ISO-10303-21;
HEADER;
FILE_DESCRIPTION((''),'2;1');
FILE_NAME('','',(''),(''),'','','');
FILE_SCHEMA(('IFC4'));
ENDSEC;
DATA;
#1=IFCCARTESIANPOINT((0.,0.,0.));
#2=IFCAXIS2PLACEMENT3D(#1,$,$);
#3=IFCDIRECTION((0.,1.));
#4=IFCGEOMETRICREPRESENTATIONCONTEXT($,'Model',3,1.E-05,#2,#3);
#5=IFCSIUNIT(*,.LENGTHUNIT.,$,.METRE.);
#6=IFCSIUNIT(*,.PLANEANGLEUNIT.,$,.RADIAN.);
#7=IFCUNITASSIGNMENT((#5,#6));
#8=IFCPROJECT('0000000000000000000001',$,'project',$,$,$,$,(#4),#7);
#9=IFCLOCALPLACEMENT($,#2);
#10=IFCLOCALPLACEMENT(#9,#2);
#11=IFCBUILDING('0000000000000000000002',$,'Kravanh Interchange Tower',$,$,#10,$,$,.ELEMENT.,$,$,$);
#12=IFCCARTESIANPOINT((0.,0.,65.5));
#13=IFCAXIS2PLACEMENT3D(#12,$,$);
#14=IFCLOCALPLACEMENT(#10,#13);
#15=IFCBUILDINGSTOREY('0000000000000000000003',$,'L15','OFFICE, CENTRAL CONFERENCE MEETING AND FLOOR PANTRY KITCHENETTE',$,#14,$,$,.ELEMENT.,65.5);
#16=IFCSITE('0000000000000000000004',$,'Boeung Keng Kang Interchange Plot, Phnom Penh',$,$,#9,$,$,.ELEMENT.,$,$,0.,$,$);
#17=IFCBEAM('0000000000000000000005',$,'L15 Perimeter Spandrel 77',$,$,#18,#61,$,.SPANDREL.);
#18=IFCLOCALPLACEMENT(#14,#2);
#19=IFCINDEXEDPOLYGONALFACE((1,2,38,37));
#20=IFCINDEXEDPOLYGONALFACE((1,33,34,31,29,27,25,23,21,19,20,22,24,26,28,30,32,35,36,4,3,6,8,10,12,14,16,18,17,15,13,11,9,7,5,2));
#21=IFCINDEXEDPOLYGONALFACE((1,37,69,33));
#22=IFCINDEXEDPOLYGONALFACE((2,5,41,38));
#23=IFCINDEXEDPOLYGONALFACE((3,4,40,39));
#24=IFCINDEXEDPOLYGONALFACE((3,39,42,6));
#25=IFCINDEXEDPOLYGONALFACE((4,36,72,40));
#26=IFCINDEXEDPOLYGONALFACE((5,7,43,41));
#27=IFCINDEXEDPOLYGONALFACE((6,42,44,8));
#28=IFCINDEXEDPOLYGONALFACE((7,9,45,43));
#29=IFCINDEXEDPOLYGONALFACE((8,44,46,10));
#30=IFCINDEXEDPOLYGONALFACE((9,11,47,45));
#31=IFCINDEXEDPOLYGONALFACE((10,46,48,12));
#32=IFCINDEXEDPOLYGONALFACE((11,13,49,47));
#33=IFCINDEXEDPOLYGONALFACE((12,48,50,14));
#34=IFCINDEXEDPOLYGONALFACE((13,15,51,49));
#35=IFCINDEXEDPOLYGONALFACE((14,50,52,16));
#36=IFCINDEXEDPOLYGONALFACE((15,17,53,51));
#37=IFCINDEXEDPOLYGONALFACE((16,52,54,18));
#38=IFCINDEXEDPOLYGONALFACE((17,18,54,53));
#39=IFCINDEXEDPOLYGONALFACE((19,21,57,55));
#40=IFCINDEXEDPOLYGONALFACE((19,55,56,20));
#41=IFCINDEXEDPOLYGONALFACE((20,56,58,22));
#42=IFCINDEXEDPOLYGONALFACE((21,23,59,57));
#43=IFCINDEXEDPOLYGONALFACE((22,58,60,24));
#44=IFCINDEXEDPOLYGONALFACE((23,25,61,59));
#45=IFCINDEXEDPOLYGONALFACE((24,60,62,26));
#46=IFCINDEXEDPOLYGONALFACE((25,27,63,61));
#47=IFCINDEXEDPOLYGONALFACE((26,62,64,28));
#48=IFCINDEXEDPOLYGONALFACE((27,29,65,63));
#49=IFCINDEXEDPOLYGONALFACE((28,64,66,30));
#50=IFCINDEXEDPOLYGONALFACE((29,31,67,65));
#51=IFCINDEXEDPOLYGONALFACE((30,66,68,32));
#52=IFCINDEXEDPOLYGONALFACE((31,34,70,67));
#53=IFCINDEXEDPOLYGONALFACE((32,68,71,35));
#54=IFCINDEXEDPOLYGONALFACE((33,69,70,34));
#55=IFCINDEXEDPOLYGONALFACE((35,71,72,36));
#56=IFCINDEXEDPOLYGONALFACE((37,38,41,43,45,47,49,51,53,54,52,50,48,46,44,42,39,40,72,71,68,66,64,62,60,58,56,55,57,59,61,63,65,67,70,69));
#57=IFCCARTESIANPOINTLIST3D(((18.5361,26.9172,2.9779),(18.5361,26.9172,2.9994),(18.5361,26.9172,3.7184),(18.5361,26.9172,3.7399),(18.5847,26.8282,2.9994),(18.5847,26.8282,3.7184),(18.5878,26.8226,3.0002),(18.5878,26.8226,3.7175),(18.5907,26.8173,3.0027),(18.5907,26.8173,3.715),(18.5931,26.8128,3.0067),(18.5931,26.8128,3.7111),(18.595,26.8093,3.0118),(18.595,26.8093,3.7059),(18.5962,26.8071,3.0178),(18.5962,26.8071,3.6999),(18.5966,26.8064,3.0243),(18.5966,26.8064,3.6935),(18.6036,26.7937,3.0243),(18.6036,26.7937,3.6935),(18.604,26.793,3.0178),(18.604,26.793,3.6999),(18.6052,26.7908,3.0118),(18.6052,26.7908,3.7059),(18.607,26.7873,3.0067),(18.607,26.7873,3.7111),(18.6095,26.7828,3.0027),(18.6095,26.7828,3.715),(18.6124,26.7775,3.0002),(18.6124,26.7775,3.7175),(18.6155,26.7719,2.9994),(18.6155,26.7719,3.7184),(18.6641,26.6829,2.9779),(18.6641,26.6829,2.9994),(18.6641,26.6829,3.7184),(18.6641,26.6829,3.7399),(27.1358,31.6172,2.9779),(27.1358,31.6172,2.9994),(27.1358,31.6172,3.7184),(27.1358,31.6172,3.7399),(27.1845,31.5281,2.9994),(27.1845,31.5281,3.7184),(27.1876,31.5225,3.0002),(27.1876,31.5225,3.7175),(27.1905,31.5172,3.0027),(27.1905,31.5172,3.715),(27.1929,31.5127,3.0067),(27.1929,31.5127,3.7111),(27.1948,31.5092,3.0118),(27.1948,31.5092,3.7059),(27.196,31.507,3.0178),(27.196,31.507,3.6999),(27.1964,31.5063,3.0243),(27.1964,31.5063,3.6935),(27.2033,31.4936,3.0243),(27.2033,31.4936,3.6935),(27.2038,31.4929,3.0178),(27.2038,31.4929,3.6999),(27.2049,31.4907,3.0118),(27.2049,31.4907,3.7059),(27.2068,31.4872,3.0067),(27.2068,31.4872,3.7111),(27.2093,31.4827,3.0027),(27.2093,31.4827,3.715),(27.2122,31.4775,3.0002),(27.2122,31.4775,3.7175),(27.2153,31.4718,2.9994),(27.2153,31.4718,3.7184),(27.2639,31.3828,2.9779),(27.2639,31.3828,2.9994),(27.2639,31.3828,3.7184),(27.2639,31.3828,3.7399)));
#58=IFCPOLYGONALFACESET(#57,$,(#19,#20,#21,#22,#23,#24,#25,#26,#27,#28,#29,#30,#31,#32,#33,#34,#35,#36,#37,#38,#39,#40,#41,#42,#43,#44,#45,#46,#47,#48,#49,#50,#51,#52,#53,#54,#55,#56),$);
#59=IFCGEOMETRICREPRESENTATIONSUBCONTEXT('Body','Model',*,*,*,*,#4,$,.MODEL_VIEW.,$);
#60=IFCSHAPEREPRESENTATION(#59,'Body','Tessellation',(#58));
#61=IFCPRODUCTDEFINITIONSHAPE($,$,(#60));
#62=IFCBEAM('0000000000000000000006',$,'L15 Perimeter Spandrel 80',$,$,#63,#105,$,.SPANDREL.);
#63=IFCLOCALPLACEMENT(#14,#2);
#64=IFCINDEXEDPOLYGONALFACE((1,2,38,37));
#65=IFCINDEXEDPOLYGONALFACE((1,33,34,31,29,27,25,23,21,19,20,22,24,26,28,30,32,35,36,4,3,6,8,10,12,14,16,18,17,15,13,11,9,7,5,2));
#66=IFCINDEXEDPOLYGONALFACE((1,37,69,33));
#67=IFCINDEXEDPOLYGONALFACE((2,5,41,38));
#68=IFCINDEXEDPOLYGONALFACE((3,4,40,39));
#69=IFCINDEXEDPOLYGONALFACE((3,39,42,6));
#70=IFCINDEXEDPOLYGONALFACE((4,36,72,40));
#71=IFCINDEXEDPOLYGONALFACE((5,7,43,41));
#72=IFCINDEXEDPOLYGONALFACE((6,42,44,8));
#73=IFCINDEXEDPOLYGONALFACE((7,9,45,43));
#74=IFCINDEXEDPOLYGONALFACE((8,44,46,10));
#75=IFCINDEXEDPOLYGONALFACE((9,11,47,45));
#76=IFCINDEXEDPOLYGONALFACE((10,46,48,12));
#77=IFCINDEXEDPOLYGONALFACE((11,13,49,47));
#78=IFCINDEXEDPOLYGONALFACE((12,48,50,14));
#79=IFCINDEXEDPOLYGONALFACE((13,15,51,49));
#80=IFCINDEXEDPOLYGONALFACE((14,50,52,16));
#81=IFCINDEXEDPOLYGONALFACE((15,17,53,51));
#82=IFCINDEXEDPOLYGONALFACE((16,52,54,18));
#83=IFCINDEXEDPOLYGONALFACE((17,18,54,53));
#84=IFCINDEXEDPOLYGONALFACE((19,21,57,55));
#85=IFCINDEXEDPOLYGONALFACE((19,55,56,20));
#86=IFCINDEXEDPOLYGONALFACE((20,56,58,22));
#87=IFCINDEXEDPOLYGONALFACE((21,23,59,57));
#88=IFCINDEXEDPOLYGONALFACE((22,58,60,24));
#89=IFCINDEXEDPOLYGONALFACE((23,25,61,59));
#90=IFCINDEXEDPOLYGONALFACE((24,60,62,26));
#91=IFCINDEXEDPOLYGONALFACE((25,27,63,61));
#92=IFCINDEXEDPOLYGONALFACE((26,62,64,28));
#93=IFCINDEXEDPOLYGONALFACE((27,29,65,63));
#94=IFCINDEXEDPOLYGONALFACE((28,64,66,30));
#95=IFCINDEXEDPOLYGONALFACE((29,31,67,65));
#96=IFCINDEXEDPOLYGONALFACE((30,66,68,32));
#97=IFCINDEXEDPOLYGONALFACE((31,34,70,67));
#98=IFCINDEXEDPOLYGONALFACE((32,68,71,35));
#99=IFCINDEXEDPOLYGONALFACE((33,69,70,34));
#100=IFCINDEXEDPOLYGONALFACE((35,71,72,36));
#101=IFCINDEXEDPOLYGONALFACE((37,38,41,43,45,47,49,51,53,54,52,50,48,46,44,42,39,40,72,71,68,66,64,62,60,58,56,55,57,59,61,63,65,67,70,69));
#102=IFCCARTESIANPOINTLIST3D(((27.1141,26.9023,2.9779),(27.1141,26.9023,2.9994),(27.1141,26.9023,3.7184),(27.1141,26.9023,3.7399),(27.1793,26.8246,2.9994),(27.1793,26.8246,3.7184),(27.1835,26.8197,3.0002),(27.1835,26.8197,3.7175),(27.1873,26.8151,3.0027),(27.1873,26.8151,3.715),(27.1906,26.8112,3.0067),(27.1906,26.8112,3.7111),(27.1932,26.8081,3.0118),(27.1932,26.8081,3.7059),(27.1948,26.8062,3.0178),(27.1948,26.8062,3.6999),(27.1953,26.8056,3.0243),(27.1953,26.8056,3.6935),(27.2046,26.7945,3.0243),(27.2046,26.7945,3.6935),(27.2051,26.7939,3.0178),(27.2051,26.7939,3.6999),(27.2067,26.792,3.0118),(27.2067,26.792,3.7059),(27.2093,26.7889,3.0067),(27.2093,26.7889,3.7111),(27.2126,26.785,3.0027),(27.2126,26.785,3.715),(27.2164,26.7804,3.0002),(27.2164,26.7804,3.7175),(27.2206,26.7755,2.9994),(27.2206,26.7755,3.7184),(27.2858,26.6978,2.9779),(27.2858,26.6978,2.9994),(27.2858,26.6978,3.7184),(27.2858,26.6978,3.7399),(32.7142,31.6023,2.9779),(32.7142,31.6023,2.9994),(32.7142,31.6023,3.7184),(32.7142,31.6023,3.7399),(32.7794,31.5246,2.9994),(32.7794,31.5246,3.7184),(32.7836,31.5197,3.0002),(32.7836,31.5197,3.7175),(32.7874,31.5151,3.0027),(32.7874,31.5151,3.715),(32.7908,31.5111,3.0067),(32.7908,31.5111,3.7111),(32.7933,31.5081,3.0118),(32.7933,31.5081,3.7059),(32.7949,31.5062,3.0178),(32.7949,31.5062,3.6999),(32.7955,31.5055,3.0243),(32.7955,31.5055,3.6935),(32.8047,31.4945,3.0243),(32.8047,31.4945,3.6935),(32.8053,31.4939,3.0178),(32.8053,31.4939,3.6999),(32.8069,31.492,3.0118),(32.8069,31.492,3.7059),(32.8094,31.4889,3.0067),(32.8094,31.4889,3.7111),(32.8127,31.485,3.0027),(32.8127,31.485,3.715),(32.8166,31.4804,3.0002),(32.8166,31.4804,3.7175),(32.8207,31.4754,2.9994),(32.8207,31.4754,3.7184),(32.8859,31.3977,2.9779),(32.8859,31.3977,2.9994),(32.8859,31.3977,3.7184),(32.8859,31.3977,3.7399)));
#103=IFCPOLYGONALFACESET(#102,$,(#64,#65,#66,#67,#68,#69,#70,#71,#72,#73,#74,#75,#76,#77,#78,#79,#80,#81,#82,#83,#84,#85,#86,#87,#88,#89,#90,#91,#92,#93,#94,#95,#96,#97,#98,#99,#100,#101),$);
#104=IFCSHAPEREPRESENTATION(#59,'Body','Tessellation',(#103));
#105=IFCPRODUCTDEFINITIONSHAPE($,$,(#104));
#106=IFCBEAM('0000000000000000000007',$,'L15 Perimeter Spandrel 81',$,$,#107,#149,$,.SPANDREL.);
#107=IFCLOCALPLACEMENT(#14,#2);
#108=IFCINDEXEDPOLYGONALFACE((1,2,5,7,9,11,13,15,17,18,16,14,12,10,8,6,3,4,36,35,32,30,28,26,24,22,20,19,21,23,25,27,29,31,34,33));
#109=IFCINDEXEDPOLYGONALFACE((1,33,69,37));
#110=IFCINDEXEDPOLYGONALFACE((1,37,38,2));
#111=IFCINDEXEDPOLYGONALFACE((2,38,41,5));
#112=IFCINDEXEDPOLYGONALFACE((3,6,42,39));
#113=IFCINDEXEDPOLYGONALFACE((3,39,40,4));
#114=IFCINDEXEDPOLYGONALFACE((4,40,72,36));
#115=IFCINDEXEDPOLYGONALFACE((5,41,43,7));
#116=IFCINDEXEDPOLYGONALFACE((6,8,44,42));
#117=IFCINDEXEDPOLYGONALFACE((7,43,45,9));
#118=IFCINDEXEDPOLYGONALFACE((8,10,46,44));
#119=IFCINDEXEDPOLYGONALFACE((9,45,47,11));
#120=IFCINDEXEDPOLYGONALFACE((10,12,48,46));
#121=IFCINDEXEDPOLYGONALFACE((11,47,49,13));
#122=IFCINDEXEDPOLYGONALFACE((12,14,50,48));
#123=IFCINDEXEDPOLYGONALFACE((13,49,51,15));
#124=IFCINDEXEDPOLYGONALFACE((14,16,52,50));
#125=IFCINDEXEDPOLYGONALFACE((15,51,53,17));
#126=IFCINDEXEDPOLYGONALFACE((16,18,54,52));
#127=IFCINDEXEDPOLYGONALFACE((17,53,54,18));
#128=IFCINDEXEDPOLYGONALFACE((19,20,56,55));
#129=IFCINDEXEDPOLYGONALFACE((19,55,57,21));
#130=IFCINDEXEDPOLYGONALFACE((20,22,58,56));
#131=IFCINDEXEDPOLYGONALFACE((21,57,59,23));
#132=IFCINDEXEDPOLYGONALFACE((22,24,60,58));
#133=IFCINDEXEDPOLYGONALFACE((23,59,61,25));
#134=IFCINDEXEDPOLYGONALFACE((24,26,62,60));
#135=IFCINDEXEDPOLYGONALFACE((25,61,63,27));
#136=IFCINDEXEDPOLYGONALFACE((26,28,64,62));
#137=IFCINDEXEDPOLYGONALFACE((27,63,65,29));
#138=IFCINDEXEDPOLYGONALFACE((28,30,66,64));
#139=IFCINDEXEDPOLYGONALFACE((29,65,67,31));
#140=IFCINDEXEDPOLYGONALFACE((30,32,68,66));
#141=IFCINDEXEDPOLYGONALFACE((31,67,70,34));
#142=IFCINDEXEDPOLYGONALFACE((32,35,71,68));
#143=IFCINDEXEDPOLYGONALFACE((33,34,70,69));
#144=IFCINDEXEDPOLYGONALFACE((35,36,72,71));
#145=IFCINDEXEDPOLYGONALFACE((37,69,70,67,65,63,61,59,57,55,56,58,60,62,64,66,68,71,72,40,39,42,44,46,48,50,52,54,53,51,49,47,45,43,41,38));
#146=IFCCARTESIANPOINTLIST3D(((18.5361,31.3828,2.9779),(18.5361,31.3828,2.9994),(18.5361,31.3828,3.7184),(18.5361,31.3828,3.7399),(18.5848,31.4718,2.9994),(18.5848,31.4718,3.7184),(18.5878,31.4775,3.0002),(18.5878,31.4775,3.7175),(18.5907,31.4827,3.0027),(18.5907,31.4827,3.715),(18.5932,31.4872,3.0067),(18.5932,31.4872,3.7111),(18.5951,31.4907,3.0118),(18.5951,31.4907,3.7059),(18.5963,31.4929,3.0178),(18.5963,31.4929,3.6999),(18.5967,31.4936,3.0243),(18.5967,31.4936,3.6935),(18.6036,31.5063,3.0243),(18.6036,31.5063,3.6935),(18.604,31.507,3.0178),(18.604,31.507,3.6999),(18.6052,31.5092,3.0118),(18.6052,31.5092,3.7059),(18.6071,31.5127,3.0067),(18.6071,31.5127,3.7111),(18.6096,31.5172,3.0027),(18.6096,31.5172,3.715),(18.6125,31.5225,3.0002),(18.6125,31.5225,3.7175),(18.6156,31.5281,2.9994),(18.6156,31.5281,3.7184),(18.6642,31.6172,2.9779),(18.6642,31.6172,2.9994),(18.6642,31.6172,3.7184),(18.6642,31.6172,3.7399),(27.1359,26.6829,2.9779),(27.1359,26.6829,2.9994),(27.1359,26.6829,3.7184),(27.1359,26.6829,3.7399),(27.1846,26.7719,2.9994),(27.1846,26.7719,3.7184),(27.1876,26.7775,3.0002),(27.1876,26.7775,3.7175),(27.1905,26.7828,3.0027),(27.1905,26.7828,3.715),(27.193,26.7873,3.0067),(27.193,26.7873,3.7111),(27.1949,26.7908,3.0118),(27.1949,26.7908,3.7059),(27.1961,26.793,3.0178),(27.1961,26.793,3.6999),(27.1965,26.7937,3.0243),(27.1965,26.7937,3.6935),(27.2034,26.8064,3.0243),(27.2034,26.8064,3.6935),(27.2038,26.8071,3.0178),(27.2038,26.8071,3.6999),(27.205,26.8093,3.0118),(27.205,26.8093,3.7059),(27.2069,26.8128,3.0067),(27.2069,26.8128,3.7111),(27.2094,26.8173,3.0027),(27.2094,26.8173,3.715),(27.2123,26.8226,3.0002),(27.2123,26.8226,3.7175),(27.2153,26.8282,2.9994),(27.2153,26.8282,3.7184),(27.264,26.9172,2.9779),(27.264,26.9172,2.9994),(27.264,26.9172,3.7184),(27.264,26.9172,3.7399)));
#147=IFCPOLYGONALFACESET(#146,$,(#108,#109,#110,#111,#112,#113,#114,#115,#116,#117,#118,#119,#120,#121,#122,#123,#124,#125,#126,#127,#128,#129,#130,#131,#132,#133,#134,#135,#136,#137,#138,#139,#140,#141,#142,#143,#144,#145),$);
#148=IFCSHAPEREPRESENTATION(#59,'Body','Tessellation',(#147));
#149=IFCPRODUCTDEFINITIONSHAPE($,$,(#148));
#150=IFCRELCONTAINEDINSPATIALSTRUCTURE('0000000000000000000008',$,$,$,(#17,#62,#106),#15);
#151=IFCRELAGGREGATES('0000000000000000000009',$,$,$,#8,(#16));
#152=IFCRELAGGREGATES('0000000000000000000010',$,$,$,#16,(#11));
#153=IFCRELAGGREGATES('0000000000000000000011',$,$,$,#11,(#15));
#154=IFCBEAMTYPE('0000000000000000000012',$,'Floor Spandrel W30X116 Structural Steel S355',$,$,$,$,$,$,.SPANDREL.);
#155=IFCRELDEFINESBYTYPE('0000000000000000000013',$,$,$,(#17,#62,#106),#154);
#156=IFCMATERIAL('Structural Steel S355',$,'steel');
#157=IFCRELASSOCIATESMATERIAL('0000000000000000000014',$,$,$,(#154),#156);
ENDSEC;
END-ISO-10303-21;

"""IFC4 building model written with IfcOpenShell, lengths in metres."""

from ifc_helpers import new_model, si_unit, direction, frame, origin, origin_2d, place, context, subcontext, project, spatial, i_section, extrude, material, material_profile, profile_set, type_object, element, save


model = new_model("IFC4")

# Units and contexts
model_context = context("Model", 3, precision=1e-05, world=origin(), true_north=direction((0.0, 1.0)))
body_context = subcontext(model_context, "Body", "Model", "MODEL_VIEW")
ifc_project = project(units=[si_unit("LENGTHUNIT", "METRE"), si_unit("PLANEANGLEUNIT", "RADIAN")], contexts=[model_context])

# Site, building, storey
site_placement = place(None, origin())
site = spatial("IfcSite", under=ifc_project, at=site_placement, Name="Boeung Keng Kang Interchange Plot, Phnom Penh", CompositionType="ELEMENT", RefElevation=0.0)
building_placement = place(site_placement, origin())
building = spatial("IfcBuilding", under=site, at=building_placement, Name="Kravanh Interchange Tower", CompositionType="ELEMENT")
storey_placement = place(building_placement, frame((0.0, 0.0, 65.5)))
storey = spatial("IfcBuildingStorey", under=building, at=storey_placement, Name="L15", Description="OFFICE, CENTRAL CONFERENCE MEETING AND FLOOR PANTRY KITCHENETTE", CompositionType="ELEMENT", Elevation=65.5)

# Beams
ifc_material_1 = material(Name="Structural Steel S355", Category="steel")
ifc_material_profile_1 = material_profile(ifc_material_1, i_section(OverallWidth=0.2671, OverallDepth=0.762, WebThickness=0.0144, FlangeThickness=0.0215, FilletRadius=0.0249, at=origin_2d()), Name="W30X116")
ifc_profile_set_1 = profile_set([ifc_material_profile_1], Name="Structural Steel S355")
beam_type_1 = type_object("IfcBeamType", Name="Floor Spandrel W30X116 Structural Steel S355", PredefinedType="SPANDREL", material=ifc_profile_set_1)
beam_1_placement = place(storey_placement, frame((18.6001, 26.8, 3.3589), z_axis=(0.877504, 0.479569, 0.0), x_axis=(-0.479569, 0.877504, 0.0)))
element("IfcBeam", 1, at=beam_1_placement, inside=storey, type_object=beam_type_1, Name="L15 Perimeter Spandrel 77", PredefinedType="SPANDREL", context=body_context, shape_type="SweptSolid", body=[
    extrude(i_section(OverallWidth=0.2671, OverallDepth=0.762, WebThickness=0.0144, FlangeThickness=0.0215, FilletRadius=0.0249, at=origin_2d()), origin(), (0.0, 0.0, 1.0), 9.8003),
])
beam_2_placement = place(storey_placement, frame((27.2, 26.8, 3.3589), z_axis=(0.765983, 0.642861, 0.0), x_axis=(-0.642861, 0.765983, 0.0)))
element("IfcBeam", 2, at=beam_2_placement, inside=storey, type_object=beam_type_1, Name="L15 Perimeter Spandrel 80", PredefinedType="SPANDREL", context=body_context, shape_type="SweptSolid", body=[
    extrude(i_section(OverallWidth=0.2671, OverallDepth=0.762, WebThickness=0.0144, FlangeThickness=0.0215, FilletRadius=0.0249, at=origin_2d()), origin(), (0.0, 0.0, 1.0), 7.311),
])
beam_3_placement = place(storey_placement, frame((27.2, 26.8, 3.3589), z_axis=(-0.877504, 0.479569, 0.0), x_axis=(-0.479569, -0.877504, 0.0)))
element("IfcBeam", 3, at=beam_3_placement, inside=storey, type_object=beam_type_1, Name="L15 Perimeter Spandrel 81", PredefinedType="SPANDREL", context=body_context, shape_type="SweptSolid", body=[
    extrude(i_section(OverallWidth=0.2671, OverallDepth=0.762, WebThickness=0.0144, FlangeThickness=0.0215, FilletRadius=0.0249, at=origin_2d()), origin(), (0.0, 0.0, 1.0), 9.8003),
])

save(model, "model.ifc")
